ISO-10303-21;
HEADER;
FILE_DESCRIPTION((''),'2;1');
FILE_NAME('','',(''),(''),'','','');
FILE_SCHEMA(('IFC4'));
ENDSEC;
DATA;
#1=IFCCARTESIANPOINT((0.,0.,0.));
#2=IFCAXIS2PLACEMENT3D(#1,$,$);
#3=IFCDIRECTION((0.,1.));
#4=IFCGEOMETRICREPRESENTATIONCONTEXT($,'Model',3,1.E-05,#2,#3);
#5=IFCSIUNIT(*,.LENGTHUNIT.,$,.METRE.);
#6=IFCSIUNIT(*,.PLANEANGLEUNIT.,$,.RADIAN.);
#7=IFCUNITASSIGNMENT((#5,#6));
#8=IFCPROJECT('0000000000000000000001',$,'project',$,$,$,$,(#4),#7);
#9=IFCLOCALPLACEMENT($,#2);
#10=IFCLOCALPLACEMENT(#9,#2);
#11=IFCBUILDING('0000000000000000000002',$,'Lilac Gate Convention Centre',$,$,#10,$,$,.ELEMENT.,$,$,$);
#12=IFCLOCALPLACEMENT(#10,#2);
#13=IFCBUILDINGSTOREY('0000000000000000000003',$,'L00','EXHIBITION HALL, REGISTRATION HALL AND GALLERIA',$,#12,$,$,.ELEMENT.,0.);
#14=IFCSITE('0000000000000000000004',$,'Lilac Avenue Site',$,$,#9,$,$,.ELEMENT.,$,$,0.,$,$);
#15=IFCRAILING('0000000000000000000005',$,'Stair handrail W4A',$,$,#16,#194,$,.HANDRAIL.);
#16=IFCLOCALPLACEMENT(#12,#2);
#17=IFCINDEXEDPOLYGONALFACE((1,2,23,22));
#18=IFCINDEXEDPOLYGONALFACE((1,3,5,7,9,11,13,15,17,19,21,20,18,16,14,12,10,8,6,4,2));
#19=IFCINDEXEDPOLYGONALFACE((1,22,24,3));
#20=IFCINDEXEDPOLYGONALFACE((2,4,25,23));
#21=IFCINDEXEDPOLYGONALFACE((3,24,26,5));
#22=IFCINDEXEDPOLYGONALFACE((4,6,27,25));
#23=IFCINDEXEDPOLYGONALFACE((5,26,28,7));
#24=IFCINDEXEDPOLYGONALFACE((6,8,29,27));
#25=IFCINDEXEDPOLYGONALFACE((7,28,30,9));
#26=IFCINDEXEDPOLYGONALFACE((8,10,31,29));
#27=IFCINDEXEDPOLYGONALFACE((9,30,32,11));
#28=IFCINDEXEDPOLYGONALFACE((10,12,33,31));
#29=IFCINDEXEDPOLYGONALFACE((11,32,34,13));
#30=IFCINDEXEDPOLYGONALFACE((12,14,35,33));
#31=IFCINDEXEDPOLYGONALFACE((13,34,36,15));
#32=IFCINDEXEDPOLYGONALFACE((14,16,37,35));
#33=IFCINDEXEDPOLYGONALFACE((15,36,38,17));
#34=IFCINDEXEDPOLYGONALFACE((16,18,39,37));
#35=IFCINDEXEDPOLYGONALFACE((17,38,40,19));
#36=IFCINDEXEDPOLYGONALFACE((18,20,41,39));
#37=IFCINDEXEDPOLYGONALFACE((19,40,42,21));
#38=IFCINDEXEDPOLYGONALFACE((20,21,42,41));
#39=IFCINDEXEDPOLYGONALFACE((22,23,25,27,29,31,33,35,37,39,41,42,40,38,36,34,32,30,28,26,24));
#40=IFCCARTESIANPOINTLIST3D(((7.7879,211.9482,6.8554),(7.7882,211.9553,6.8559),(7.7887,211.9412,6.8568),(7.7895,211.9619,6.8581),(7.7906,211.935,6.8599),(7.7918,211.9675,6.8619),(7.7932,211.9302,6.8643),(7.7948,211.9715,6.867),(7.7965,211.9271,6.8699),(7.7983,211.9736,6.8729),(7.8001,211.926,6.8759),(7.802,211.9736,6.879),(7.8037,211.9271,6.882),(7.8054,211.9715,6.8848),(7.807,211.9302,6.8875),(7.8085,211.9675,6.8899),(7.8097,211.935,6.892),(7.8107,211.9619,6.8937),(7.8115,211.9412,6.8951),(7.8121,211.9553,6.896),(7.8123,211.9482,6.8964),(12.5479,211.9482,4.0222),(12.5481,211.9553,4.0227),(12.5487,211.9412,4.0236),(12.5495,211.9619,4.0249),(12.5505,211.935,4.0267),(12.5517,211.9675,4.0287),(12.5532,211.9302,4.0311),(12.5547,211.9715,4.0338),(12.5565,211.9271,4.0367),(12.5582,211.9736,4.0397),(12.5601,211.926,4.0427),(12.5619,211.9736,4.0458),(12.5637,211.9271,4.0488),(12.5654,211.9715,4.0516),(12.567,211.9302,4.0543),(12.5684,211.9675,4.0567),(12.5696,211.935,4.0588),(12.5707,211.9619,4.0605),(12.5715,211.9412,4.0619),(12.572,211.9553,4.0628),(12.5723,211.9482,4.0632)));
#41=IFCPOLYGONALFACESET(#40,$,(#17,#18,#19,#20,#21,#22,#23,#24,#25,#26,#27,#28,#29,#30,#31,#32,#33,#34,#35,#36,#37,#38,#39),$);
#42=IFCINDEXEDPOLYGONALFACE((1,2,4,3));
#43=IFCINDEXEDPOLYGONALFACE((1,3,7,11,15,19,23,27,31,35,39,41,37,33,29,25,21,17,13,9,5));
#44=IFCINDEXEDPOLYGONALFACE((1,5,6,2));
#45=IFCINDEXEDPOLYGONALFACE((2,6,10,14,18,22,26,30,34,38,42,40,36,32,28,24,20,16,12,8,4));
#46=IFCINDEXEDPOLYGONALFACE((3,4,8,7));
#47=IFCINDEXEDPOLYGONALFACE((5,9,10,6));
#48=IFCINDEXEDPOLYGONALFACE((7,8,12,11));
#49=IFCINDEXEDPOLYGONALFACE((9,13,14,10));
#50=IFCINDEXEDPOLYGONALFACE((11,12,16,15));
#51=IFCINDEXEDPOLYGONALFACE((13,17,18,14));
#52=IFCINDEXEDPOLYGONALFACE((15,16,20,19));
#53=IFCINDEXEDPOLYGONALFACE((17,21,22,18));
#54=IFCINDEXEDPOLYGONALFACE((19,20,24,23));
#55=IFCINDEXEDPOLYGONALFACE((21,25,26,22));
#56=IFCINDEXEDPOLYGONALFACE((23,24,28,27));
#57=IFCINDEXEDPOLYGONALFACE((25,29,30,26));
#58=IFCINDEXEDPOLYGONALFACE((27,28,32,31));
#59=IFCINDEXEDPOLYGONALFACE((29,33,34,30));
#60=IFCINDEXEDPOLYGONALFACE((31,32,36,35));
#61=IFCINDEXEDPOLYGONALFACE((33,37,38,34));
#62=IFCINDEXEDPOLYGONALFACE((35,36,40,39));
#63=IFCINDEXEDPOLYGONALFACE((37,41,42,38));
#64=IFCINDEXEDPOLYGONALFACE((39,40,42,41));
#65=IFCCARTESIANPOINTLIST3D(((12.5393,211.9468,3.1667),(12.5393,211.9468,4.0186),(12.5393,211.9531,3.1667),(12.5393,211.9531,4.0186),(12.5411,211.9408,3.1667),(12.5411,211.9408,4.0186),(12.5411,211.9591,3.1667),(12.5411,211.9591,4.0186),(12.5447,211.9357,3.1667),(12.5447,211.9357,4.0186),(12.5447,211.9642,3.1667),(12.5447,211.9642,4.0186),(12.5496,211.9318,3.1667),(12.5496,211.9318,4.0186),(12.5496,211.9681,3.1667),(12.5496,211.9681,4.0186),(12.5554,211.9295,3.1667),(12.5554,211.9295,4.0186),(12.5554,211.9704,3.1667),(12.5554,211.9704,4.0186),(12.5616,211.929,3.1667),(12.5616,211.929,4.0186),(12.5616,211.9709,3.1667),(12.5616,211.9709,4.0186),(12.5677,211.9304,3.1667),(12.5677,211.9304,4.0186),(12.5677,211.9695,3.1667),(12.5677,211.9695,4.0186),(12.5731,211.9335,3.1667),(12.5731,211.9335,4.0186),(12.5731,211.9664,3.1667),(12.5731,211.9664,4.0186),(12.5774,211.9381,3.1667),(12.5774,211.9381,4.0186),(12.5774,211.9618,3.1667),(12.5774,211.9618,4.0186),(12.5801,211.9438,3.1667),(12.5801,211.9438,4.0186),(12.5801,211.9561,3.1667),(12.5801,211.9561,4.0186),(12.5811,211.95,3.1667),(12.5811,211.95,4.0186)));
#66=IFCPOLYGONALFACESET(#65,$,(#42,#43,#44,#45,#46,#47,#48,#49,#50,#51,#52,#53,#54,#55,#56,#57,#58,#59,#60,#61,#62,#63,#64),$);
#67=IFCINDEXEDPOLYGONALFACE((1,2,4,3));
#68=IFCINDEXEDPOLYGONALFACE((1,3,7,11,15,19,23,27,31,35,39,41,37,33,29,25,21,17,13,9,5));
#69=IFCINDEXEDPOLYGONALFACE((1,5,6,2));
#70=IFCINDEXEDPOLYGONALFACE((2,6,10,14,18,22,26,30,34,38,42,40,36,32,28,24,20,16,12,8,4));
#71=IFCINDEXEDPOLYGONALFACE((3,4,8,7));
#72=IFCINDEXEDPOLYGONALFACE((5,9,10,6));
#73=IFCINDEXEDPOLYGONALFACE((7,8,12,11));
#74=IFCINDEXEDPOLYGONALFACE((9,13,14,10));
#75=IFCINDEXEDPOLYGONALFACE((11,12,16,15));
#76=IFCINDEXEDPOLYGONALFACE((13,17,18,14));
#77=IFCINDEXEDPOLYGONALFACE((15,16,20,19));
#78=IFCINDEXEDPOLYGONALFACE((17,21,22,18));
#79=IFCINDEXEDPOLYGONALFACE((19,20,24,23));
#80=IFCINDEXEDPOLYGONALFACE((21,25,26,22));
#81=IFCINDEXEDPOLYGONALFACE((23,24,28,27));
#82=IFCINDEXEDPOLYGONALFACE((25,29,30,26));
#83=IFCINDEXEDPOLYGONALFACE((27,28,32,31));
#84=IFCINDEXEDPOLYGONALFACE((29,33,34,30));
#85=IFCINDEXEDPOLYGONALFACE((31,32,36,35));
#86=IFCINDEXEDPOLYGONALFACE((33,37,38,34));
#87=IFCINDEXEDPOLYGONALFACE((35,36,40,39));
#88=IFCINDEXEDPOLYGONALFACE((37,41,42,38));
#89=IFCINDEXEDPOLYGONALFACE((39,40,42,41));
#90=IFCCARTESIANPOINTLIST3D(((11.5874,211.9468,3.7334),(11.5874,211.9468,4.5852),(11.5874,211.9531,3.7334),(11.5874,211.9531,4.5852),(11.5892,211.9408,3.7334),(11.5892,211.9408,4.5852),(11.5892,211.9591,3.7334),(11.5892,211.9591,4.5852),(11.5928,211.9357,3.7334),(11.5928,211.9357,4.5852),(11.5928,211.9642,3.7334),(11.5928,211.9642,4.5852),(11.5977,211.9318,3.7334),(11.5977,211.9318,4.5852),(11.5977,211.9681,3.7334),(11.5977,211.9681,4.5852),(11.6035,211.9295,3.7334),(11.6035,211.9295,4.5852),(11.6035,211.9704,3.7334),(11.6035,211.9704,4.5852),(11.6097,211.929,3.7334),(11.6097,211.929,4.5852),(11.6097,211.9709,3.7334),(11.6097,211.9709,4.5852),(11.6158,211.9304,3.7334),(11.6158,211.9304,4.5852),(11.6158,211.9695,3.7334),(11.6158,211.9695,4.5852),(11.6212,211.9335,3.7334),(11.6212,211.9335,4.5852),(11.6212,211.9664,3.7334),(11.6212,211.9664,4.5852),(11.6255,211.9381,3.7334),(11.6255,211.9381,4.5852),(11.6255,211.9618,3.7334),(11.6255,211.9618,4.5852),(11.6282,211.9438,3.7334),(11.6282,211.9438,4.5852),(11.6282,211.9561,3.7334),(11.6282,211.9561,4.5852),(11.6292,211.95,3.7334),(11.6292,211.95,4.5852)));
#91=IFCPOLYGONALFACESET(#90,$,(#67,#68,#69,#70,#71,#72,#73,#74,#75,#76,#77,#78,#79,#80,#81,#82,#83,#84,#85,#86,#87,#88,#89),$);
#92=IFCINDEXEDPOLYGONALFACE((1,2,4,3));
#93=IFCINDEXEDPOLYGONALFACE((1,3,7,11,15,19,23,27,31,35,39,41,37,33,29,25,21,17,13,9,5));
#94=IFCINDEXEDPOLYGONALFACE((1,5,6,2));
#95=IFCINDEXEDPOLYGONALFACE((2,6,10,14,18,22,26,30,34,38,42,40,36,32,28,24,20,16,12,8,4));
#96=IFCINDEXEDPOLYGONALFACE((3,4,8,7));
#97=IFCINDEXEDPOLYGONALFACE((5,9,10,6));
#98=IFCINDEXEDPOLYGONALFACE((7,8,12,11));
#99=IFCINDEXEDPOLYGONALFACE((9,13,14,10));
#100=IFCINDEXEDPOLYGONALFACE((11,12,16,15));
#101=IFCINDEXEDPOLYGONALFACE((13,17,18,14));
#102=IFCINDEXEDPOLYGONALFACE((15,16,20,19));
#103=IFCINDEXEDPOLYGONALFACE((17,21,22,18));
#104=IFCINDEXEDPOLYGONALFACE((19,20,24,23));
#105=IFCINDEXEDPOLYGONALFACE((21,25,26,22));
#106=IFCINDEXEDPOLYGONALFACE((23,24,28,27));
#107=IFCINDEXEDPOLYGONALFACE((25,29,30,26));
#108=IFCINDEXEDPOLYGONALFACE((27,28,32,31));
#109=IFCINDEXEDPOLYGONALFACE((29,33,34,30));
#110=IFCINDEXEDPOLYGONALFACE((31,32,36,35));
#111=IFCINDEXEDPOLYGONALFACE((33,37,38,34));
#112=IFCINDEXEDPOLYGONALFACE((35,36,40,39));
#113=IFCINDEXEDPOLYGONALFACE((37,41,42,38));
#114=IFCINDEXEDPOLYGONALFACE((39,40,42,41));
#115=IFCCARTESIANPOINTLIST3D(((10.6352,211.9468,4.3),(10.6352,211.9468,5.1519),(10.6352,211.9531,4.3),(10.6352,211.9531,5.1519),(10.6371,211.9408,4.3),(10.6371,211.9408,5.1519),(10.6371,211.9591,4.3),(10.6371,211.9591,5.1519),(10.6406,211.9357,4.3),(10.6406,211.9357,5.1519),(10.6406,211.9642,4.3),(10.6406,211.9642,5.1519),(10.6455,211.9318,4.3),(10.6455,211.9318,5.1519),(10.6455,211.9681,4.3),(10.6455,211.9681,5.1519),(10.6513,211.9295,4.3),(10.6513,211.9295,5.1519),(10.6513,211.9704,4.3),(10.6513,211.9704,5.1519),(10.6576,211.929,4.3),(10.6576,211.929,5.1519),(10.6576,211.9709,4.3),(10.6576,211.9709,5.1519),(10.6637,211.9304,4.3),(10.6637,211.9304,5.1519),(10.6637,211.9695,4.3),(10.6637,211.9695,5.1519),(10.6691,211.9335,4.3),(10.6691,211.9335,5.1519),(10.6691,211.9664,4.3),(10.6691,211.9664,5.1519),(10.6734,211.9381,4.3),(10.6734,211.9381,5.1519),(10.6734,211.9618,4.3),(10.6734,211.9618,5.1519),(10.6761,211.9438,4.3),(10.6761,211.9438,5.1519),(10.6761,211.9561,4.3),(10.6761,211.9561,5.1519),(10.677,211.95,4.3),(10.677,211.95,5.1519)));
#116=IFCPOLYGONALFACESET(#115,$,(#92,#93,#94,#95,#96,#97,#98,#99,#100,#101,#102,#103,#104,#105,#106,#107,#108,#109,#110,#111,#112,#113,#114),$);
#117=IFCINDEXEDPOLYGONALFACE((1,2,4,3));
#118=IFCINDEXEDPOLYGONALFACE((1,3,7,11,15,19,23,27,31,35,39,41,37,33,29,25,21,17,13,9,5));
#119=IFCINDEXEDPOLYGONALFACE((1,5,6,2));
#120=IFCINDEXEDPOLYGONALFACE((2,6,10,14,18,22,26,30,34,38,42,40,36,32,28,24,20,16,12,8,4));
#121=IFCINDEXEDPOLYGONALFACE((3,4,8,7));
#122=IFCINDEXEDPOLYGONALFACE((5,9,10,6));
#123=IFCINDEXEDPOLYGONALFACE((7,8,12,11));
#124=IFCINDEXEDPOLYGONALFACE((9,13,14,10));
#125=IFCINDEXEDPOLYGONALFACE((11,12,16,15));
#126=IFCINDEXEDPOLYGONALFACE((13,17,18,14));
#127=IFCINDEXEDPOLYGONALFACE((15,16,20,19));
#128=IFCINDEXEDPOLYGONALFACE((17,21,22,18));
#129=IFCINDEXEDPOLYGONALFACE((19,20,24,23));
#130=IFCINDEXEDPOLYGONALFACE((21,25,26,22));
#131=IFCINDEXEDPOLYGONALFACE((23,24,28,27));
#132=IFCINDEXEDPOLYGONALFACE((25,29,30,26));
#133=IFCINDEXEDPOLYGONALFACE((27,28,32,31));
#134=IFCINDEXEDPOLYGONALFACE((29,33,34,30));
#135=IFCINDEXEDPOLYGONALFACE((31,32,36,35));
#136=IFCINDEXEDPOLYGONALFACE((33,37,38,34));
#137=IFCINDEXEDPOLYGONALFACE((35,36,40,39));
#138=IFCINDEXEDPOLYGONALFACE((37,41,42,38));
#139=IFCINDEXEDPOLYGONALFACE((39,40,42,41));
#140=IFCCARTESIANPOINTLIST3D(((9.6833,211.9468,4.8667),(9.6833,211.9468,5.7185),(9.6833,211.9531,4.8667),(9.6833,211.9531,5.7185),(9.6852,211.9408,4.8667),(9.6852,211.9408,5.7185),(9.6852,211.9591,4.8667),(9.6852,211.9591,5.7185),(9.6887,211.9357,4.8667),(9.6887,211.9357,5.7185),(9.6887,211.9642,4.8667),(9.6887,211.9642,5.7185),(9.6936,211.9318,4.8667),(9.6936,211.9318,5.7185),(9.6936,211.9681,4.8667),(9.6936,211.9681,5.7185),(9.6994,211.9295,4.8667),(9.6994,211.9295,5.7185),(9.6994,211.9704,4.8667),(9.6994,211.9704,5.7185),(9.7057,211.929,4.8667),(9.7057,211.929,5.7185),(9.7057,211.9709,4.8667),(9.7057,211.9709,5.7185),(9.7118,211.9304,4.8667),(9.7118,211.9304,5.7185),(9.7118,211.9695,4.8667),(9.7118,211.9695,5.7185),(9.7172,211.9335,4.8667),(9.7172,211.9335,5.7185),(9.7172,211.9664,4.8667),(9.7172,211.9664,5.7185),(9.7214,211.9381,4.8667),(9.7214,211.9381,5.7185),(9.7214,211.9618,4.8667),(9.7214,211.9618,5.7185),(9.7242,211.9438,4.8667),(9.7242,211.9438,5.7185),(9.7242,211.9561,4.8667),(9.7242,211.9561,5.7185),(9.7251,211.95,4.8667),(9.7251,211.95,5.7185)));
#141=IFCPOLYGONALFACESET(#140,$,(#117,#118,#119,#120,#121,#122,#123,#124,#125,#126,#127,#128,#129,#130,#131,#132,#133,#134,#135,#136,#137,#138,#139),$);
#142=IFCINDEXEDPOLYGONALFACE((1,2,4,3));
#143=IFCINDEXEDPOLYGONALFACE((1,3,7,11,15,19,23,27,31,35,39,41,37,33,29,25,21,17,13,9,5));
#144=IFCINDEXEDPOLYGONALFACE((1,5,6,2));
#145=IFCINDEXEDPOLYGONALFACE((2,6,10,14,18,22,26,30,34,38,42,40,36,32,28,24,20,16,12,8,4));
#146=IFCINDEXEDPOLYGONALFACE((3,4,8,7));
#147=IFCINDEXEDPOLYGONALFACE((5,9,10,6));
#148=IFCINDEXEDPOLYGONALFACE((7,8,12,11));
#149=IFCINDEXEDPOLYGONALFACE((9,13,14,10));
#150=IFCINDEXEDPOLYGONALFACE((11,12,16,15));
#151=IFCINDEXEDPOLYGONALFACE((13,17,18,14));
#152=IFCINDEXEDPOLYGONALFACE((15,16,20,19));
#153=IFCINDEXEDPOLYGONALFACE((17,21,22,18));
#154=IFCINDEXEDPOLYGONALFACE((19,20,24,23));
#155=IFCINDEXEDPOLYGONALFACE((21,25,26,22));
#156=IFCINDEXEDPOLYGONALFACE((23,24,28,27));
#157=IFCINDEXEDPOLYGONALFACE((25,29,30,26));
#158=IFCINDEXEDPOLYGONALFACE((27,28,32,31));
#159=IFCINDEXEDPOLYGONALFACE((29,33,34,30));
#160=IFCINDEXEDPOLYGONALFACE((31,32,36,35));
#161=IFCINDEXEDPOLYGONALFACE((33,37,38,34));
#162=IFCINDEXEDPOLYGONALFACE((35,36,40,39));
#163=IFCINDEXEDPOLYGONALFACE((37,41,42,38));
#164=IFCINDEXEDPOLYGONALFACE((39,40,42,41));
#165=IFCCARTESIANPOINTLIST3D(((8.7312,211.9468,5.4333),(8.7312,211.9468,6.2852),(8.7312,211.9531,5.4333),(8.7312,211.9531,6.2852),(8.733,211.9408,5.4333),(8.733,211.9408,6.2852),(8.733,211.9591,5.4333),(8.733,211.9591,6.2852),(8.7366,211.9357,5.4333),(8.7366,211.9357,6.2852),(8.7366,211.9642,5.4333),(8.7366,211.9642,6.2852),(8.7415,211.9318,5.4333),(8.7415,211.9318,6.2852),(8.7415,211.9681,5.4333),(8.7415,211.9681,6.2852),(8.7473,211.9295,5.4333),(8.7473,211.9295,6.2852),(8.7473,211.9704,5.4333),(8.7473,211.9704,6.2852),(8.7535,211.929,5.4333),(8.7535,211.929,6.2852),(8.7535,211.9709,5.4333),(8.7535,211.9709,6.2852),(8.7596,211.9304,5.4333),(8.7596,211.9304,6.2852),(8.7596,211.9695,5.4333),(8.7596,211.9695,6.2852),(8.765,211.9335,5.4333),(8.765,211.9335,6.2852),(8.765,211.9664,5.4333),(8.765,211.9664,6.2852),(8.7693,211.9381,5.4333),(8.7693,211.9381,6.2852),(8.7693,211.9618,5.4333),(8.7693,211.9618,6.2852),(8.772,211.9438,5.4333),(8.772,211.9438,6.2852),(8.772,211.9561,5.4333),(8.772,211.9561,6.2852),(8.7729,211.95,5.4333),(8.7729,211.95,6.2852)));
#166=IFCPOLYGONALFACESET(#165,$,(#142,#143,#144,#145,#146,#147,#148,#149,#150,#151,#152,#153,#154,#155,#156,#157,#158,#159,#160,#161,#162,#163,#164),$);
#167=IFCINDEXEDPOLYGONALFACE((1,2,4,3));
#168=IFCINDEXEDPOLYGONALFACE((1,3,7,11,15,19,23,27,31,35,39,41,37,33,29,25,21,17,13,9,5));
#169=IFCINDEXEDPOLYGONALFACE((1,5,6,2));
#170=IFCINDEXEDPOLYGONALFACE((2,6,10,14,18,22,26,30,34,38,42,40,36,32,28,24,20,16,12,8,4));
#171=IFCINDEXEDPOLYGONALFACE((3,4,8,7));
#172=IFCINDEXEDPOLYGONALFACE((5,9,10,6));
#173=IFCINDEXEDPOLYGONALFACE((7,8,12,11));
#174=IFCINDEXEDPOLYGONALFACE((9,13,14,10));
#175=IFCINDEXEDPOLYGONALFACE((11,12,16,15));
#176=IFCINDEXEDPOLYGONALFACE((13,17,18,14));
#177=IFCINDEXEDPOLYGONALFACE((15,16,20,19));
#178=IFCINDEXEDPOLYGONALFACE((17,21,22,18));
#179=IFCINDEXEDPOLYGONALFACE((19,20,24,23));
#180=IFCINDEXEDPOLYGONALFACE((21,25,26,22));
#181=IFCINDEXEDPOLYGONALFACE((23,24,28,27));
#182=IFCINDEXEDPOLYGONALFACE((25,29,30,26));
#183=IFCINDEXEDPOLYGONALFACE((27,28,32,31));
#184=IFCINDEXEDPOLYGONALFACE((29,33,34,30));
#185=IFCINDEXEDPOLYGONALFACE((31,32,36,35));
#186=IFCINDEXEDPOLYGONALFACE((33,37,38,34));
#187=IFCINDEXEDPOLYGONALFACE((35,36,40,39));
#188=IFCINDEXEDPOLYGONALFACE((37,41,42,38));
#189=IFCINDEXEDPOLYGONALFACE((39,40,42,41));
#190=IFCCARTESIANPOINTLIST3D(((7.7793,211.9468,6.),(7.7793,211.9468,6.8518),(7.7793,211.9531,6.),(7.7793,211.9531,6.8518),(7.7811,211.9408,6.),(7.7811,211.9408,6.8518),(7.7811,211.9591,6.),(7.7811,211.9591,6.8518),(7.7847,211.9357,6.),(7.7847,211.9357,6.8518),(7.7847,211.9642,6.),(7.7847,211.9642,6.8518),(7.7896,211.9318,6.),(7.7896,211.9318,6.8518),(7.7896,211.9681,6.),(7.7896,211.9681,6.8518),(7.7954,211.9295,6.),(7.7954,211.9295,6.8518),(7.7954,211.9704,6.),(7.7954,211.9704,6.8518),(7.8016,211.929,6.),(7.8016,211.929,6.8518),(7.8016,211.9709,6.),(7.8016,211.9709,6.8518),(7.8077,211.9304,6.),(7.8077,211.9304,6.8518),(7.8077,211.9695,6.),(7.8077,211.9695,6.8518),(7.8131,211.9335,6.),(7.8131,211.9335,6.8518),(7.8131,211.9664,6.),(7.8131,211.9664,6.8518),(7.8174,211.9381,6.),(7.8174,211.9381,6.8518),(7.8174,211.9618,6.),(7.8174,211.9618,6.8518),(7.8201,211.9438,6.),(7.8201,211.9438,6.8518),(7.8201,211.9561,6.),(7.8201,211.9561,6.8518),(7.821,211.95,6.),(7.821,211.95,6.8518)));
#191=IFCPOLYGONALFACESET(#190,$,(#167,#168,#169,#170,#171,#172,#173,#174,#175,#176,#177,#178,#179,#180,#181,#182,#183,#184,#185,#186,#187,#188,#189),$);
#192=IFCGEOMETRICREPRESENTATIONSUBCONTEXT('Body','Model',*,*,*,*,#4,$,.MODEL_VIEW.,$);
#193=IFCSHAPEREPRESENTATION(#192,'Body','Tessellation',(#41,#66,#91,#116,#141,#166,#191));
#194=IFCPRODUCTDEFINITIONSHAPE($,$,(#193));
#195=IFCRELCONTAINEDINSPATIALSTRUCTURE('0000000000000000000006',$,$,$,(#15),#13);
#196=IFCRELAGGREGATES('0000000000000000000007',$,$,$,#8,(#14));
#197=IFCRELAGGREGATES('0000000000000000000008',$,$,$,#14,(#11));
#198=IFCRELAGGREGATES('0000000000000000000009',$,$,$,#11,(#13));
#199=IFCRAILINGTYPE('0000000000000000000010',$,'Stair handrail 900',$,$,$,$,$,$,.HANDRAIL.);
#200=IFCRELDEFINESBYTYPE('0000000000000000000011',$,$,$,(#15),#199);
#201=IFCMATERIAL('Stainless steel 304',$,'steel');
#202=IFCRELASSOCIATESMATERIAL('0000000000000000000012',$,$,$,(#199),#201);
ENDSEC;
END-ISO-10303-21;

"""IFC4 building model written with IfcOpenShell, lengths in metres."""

from ifc_helpers import new_model, si_unit, direction, frame, origin, origin_2d, place, context, subcontext, project, spatial, circle, extrude, material, type_object, element, save


model = new_model("IFC4")

# Units and contexts
model_context = context("Model", 3, precision=1e-05, world=origin(), true_north=direction((0.0, 1.0)))
body_context = subcontext(model_context, "Body", "Model", "MODEL_VIEW")
ifc_project = project(units=[si_unit("LENGTHUNIT", "METRE"), si_unit("PLANEANGLEUNIT", "RADIAN")], contexts=[model_context])

# Site, building, storey
site_placement = place(None, origin())
site = spatial("IfcSite", under=ifc_project, at=site_placement, Name="Lilac Avenue Site", CompositionType="ELEMENT", RefElevation=0.0)
building_placement = place(site_placement, origin())
building = spatial("IfcBuilding", under=site, at=building_placement, Name="Lilac Gate Convention Centre", CompositionType="ELEMENT")
storey_placement = place(building_placement, origin())
storey = spatial("IfcBuildingStorey", under=building, at=storey_placement, Name="L00", Description="EXHIBITION HALL, REGISTRATION HALL AND GALLERIA", CompositionType="ELEMENT", Elevation=0.0)

# Railing
ifc_material_1 = material(Name="Stainless steel 304", Category="steel")
railing_type_1 = type_object("IfcRailingType", Name="Stair handrail 900", PredefinedType="HANDRAIL", material=ifc_material_1)
railing_1_placement = place(storey_placement, frame((12.5601, 211.95, 3.1667)))
element("IfcRailing", 1, at=railing_1_placement, inside=storey, type_object=railing_type_1, Name="Stair handrail W4A", PredefinedType="HANDRAIL", context=body_context, shape_type="SweptSolid", body=[
    extrude(circle(Radius=0.0239, at=origin_2d()), frame((0.0, 0.0, 0.876), z_axis=(-0.8593, 0.0, 0.511472), x_axis=(0.0, -1.0, 0.0)), (0.0, 0.0, 1.0), 5.5393),
    extrude(circle(Radius=0.021, at=origin_2d()), origin(), (0.0, 0.0, 1.0), 0.8518),
    extrude(circle(Radius=0.021, at=origin_2d()), frame((-0.9519, 0.0, 0.5667)), (0.0, 0.0, 1.0), 0.8518),
    extrude(circle(Radius=0.021, at=origin_2d()), frame((-1.9041, 0.0, 1.1333)), (0.0, 0.0, 1.0), 0.8518),
    extrude(circle(Radius=0.021, at=origin_2d()), frame((-2.856, 0.0, 1.7)), (0.0, 0.0, 1.0), 0.8518),
    extrude(circle(Radius=0.021, at=origin_2d()), frame((-3.8081, 0.0, 2.2666)), (0.0, 0.0, 1.0), 0.8518),
    extrude(circle(Radius=0.021, at=origin_2d()), frame((-4.76, 0.0, 2.8333)), (0.0, 0.0, 1.0), 0.8518),
])

save(model, "model.ifc")
